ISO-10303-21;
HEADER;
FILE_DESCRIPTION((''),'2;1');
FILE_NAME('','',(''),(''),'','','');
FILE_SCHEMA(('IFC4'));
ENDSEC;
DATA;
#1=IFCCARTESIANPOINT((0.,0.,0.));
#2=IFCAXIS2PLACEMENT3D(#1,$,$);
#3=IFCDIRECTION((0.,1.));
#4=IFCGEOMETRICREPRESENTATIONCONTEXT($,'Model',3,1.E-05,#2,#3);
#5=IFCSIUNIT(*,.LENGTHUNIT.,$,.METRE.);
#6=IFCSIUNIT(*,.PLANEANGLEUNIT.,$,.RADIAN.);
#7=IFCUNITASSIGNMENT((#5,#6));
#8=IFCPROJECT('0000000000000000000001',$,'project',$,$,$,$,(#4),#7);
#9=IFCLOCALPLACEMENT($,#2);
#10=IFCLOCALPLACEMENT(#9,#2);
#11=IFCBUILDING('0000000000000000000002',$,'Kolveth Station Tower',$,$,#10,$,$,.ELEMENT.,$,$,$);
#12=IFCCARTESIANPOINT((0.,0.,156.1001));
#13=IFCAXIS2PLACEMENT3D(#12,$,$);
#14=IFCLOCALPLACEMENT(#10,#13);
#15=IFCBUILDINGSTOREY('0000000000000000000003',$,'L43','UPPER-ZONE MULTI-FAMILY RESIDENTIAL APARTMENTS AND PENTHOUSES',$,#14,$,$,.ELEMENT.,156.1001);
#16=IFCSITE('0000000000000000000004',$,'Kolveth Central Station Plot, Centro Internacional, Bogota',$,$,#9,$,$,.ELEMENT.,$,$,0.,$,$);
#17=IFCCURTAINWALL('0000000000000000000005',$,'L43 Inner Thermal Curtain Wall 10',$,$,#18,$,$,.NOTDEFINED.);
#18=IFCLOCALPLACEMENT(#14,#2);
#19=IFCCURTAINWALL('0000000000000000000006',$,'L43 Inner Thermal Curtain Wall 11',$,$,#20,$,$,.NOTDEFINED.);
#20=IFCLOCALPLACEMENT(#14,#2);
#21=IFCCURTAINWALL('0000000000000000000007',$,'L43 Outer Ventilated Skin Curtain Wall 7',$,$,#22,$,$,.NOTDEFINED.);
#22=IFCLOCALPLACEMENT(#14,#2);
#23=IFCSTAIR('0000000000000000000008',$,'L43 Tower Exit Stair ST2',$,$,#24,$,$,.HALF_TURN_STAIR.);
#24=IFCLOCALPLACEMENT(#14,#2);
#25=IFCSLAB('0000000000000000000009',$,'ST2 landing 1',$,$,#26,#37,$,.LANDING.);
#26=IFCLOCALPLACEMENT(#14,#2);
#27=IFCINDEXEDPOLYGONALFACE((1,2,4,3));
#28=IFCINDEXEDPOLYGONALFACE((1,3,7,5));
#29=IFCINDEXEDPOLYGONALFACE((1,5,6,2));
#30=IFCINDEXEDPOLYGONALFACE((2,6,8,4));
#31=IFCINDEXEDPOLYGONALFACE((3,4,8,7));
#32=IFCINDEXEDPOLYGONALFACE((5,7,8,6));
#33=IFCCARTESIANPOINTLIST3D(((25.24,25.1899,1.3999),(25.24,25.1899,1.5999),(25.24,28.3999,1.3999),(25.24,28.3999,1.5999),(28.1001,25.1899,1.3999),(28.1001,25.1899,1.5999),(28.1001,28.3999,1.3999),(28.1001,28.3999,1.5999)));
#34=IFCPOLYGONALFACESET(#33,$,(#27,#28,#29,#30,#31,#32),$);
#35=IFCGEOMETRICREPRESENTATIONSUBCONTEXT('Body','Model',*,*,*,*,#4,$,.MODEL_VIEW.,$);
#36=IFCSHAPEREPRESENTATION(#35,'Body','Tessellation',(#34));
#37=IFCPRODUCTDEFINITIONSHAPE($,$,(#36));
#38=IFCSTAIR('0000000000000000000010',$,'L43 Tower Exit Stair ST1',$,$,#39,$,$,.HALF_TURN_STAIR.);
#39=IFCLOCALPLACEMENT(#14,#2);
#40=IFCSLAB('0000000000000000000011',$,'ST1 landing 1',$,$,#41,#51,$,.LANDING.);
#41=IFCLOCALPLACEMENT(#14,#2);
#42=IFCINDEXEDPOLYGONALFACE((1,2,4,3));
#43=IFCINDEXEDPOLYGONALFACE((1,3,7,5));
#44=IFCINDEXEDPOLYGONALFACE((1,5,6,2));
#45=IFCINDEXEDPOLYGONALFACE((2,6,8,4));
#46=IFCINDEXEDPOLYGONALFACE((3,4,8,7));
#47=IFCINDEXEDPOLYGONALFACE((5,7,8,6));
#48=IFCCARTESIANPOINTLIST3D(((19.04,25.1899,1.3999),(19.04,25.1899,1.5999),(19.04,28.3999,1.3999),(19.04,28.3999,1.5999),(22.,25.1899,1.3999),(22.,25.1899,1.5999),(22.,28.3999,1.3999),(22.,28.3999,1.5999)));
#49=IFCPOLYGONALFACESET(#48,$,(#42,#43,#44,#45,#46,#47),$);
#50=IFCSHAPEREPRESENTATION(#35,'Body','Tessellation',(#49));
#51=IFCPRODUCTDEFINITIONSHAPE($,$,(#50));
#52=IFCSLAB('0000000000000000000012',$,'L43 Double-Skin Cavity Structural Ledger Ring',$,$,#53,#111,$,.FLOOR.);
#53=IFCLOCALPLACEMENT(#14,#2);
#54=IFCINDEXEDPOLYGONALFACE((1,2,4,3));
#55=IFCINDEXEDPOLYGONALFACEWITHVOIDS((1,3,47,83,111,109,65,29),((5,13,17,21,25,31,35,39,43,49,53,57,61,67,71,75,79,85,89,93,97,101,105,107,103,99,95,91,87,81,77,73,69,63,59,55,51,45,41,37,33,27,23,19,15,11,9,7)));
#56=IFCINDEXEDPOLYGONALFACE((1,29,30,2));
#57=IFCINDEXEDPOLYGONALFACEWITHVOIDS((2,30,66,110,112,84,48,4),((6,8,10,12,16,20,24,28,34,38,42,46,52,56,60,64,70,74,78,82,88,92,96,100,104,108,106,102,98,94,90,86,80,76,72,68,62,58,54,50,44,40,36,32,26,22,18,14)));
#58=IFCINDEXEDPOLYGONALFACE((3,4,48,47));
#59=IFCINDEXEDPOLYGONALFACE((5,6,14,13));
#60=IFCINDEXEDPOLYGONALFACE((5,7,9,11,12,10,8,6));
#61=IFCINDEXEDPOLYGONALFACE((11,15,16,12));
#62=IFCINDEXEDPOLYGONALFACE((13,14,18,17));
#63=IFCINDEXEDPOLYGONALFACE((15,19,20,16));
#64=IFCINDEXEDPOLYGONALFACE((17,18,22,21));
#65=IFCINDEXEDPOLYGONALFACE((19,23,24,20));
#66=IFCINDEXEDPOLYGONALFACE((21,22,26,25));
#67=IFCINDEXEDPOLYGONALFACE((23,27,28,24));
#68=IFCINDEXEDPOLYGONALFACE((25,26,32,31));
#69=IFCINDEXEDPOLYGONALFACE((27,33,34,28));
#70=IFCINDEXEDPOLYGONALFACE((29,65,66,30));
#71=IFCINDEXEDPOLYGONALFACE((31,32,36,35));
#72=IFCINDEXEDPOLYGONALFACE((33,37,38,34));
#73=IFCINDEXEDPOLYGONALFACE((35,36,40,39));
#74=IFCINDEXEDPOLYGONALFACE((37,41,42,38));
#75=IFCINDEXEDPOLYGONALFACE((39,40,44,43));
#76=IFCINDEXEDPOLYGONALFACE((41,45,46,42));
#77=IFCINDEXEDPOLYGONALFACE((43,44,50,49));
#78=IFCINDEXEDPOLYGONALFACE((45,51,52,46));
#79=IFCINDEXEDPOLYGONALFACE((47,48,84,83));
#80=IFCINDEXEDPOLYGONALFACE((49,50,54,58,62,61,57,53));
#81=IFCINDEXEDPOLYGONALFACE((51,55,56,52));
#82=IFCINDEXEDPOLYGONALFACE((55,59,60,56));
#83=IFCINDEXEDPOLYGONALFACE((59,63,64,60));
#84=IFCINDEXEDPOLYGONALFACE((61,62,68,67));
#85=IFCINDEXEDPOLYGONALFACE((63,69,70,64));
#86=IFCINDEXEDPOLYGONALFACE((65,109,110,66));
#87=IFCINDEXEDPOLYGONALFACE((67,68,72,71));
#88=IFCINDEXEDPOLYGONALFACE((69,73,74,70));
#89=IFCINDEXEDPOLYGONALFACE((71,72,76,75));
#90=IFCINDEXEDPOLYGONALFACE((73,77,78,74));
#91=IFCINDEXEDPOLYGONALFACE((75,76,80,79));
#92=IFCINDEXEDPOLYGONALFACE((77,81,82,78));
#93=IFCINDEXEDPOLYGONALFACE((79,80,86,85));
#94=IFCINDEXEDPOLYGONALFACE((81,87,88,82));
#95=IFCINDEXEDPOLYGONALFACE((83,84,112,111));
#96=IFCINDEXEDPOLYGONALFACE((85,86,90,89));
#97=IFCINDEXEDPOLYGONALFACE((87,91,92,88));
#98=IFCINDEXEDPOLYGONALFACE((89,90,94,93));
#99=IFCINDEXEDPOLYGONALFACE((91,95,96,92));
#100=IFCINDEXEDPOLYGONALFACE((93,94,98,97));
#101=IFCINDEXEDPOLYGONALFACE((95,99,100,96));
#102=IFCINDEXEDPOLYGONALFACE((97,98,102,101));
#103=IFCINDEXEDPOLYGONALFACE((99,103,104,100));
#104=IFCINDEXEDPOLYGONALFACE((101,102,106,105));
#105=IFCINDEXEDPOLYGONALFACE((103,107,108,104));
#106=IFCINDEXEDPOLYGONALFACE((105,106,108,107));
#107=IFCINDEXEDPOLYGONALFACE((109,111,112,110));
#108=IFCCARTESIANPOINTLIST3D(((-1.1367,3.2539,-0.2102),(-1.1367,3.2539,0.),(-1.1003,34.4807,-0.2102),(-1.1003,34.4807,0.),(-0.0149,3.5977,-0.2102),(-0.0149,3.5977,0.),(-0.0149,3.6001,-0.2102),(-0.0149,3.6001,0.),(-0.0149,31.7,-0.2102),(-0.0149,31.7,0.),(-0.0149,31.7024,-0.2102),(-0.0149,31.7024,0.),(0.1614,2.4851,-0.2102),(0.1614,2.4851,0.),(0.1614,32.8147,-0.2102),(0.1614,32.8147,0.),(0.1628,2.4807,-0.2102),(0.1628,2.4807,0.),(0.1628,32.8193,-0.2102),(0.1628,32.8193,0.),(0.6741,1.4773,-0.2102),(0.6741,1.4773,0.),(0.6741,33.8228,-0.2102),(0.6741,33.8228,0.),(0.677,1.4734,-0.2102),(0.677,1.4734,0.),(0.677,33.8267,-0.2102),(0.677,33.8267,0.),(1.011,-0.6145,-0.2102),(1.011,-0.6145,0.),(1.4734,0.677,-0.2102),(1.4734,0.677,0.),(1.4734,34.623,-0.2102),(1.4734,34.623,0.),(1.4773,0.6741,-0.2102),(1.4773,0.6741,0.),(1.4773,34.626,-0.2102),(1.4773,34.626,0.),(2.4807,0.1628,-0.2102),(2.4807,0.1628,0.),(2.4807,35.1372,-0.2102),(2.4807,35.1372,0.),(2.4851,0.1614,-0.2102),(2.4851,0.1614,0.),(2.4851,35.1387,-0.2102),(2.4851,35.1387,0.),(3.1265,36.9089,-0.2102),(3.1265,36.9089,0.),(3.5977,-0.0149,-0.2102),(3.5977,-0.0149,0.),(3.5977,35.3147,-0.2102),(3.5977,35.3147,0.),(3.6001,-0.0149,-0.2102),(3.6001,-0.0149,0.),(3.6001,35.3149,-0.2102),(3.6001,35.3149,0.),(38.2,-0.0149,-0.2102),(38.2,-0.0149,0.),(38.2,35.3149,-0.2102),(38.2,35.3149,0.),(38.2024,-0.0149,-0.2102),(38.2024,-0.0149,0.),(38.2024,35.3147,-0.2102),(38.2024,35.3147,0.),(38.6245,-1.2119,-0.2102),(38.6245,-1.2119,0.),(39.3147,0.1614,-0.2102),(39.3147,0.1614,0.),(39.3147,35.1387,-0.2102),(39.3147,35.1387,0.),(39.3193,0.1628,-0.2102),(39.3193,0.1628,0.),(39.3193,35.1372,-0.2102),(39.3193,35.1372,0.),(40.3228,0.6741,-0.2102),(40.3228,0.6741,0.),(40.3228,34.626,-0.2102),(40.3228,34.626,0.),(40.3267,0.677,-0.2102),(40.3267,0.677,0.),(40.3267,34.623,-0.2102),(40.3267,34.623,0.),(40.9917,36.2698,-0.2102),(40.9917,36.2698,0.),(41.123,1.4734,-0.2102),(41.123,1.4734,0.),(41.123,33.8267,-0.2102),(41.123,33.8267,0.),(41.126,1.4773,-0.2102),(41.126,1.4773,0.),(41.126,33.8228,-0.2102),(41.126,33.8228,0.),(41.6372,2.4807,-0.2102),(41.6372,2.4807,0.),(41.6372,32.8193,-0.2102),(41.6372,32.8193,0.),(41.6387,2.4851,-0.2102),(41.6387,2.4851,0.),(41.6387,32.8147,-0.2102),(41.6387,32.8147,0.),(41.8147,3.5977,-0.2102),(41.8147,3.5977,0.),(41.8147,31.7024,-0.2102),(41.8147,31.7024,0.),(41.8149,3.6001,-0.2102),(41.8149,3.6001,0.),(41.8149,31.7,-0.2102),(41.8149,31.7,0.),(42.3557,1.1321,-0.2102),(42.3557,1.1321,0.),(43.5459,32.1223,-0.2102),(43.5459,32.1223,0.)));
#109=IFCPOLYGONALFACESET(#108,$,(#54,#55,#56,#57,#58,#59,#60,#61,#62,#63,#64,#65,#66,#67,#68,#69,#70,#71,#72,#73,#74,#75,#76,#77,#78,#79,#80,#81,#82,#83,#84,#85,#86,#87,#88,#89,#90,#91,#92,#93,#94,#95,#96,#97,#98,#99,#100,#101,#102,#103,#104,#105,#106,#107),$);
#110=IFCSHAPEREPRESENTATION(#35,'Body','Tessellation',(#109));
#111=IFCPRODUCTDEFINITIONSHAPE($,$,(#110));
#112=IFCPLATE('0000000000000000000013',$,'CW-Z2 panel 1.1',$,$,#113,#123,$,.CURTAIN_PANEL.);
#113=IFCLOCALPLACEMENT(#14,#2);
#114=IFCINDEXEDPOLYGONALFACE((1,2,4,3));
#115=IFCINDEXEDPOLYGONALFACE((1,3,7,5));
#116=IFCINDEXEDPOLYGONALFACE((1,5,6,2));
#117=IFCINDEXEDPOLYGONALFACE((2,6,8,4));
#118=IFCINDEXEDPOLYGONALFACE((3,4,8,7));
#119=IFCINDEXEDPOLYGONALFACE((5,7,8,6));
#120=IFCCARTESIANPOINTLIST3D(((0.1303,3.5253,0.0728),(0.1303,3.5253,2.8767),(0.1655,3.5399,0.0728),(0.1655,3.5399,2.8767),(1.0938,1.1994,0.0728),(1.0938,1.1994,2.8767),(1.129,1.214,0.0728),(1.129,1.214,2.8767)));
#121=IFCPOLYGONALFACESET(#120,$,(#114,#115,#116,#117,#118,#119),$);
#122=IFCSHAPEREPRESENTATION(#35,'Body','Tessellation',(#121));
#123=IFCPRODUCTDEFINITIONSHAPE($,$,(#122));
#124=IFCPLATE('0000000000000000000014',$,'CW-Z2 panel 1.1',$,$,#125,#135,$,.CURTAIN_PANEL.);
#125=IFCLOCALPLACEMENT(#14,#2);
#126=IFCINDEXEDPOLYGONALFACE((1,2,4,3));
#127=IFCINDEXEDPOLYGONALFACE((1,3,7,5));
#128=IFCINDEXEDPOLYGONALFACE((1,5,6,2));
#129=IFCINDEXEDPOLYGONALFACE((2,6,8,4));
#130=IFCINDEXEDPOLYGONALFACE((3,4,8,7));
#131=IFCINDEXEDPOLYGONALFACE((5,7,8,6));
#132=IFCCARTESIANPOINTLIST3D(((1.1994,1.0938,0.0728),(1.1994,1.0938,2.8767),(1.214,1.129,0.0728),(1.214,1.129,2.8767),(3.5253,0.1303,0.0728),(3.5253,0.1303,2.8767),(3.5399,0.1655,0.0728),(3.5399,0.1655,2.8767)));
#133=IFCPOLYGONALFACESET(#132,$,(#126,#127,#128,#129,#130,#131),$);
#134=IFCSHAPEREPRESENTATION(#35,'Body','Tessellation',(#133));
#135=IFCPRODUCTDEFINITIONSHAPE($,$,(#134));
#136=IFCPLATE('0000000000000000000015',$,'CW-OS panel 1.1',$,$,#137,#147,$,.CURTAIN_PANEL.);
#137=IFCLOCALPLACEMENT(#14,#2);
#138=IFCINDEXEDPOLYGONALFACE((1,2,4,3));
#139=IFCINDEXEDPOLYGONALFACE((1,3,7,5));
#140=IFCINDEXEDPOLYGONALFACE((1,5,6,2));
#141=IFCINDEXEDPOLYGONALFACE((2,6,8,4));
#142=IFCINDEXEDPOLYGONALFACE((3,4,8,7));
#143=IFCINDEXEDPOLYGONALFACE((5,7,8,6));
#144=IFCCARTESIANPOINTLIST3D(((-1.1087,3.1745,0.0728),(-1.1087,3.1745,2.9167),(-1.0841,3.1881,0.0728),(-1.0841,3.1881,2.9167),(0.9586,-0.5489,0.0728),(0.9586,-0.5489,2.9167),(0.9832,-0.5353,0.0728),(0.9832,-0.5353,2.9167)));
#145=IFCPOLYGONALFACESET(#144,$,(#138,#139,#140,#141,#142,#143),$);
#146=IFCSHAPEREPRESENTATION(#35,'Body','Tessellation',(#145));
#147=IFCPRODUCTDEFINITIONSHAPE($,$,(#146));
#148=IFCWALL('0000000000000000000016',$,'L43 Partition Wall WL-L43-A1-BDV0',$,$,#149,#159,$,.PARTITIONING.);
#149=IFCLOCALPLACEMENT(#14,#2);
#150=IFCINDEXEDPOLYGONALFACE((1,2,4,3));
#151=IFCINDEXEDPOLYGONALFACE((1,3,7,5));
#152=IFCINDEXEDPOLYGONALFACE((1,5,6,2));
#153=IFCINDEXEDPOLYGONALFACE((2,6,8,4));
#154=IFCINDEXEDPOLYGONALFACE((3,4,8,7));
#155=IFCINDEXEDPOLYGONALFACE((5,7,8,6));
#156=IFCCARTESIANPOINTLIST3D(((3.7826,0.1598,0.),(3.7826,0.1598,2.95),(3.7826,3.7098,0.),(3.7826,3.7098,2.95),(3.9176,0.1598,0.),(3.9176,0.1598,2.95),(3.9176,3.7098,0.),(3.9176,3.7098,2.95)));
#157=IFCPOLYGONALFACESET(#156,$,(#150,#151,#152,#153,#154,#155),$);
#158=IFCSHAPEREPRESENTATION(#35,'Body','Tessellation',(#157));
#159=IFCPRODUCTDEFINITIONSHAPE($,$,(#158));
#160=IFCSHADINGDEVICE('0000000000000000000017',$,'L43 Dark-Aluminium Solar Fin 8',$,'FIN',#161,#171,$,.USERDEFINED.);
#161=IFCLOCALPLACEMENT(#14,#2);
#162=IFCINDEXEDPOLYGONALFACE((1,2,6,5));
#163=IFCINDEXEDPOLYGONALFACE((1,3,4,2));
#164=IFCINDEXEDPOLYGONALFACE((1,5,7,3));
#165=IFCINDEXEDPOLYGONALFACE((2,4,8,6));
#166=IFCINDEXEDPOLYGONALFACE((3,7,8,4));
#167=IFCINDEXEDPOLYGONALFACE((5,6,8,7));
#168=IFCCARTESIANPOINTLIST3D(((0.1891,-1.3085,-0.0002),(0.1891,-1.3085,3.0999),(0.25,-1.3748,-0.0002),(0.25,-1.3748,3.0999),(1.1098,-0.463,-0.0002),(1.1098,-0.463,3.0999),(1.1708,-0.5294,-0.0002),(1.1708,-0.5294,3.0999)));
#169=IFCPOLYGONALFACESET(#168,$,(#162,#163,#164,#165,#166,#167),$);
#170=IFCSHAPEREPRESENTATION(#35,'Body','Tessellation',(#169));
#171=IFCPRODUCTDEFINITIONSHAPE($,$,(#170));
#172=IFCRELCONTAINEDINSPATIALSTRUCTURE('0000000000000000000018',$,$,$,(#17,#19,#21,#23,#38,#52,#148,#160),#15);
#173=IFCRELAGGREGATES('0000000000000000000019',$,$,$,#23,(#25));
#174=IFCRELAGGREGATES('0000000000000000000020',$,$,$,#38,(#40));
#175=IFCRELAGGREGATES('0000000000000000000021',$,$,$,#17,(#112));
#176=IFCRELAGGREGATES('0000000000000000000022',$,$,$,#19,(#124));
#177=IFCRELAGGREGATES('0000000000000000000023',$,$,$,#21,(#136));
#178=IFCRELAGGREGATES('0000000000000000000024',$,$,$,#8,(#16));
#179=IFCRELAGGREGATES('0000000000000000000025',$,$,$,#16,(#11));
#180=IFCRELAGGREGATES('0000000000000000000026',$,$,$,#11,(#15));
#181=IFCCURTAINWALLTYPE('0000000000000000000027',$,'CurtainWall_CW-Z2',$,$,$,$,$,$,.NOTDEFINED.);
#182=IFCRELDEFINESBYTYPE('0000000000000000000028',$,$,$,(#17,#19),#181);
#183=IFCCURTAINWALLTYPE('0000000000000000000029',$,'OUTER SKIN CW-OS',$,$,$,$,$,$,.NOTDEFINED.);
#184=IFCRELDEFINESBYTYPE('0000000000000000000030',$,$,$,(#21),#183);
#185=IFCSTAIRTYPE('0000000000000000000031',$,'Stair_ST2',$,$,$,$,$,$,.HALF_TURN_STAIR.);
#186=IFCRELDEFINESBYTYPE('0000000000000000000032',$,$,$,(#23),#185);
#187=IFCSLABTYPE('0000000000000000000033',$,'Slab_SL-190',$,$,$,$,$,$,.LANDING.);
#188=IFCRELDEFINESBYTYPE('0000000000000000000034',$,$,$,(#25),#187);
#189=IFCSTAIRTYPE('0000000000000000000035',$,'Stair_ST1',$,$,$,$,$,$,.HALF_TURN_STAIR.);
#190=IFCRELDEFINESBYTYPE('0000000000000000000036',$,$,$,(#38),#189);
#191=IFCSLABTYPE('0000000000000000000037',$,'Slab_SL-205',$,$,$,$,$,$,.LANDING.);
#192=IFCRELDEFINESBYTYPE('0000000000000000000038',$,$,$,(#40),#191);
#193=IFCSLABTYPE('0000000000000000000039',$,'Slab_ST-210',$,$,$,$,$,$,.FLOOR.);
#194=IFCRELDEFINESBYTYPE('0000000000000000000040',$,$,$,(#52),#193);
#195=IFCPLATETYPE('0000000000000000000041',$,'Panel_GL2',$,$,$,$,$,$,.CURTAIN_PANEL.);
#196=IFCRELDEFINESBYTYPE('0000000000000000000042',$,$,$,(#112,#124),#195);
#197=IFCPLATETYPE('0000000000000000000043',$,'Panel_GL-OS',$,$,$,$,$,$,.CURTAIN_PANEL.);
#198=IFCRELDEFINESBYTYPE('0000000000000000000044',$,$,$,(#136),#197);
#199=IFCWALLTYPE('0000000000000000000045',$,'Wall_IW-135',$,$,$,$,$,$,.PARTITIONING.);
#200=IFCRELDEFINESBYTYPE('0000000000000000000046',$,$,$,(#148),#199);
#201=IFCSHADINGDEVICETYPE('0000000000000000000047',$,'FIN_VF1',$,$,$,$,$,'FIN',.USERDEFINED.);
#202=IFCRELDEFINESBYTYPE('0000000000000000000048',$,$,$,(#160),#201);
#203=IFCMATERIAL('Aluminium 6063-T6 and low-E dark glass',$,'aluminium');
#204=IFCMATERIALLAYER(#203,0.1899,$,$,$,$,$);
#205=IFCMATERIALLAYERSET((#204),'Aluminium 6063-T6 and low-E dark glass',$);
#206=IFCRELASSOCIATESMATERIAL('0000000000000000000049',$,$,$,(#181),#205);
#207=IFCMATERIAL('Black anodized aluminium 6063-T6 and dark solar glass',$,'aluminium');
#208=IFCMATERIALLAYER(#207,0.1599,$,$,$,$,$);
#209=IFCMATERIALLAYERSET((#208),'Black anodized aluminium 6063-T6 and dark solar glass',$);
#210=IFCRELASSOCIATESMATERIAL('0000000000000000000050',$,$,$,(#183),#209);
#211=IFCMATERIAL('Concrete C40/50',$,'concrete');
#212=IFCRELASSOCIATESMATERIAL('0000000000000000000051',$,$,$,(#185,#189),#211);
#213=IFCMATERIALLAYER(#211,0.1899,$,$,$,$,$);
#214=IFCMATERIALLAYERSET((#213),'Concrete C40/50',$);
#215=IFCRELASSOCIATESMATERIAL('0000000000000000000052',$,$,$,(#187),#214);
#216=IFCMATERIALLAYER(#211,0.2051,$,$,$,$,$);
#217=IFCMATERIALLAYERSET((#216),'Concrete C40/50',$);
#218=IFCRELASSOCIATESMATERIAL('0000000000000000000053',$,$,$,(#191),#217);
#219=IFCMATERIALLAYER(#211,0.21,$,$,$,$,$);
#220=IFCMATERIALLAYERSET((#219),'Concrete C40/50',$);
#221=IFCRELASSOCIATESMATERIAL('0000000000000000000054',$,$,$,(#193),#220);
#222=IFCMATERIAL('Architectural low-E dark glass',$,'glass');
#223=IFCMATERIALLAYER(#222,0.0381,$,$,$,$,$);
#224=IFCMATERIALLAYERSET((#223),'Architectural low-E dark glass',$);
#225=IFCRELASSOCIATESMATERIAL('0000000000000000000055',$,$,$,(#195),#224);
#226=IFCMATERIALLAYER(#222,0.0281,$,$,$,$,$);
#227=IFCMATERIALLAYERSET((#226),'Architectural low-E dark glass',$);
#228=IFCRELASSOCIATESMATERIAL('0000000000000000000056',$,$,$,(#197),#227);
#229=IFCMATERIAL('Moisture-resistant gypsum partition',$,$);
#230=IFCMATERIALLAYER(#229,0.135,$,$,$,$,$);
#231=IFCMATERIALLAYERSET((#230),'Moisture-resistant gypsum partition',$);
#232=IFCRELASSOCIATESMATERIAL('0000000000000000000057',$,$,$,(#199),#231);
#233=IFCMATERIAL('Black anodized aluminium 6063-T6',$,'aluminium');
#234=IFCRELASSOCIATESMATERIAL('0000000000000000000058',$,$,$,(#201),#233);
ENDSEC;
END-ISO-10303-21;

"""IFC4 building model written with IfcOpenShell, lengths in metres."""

from ifc_helpers import new_model, si_unit, direction, frame, frame_2d, origin, origin_2d, place, context, subcontext, project, spatial, polyline, rectangle, outline, extrude, source, transform, mapped, material, layer, layer_set, type_object, element, aggregate, save


model = new_model("IFC4")

# Units and contexts
model_context = context("Model", 3, precision=1e-05, world=origin(), true_north=direction((0.0, 1.0)))
body_context = subcontext(model_context, "Body", "Model", "MODEL_VIEW")
ifc_project = project(units=[si_unit("LENGTHUNIT", "METRE"), si_unit("PLANEANGLEUNIT", "RADIAN")], contexts=[model_context])

# Site, building, storey
site_placement = place(None, origin())
site = spatial("IfcSite", under=ifc_project, at=site_placement, Name="Kolveth Central Station Plot, Centro Internacional, Bogota", CompositionType="ELEMENT", RefElevation=0.0)
building_placement = place(site_placement, origin())
building = spatial("IfcBuilding", under=site, at=building_placement, Name="Kolveth Station Tower", CompositionType="ELEMENT")
storey_placement = place(building_placement, frame((0.0, 0.0, 156.1001)))
storey = spatial("IfcBuildingStorey", under=building, at=storey_placement, Name="L43", Description="UPPER-ZONE MULTI-FAMILY RESIDENTIAL APARTMENTS AND PENTHOUSES", CompositionType="ELEMENT", Elevation=156.1001)

# Curtain wall
ifc_material_1 = material(Name="Aluminium 6063-T6 and low-E dark glass", Category="aluminium")
ifc_layer_1 = layer(ifc_material_1, 0.1899)
ifc_layer_set_1 = layer_set([ifc_layer_1], Name="Aluminium 6063-T6 and low-E dark glass")
curtain_wall_type_1 = type_object("IfcCurtainWallType", Name="CurtainWall_CW-Z2", PredefinedType="NOTDEFINED", material=ifc_layer_set_1)
curtain_wall_1_placement = place(storey_placement, origin())
curtain_wall_1 = element("IfcCurtainWall", 1, at=curtain_wall_1_placement, inside=storey, type_object=curtain_wall_type_1, Name="L43 Inner Thermal Curtain Wall 10", PredefinedType="NOTDEFINED")
ifc_material_2 = material(Name="Black anodized aluminium 6063-T6", Category="aluminium")

# Curtain wall
curtain_wall_2_placement = place(storey_placement, origin())
curtain_wall_2 = element("IfcCurtainWall", 2, at=curtain_wall_2_placement, inside=storey, type_object=curtain_wall_type_1, Name="L43 Inner Thermal Curtain Wall 11", PredefinedType="NOTDEFINED")

# Curtain wall
ifc_material_3 = material(Name="Black anodized aluminium 6063-T6 and dark solar glass", Category="aluminium")
ifc_layer_2 = layer(ifc_material_3, 0.1599)
ifc_layer_set_2 = layer_set([ifc_layer_2], Name="Black anodized aluminium 6063-T6 and dark solar glass")
curtain_wall_type_2 = type_object("IfcCurtainWallType", Name="OUTER SKIN CW-OS", PredefinedType="NOTDEFINED", material=ifc_layer_set_2)
curtain_wall_3_placement = place(storey_placement, origin())
curtain_wall_3 = element("IfcCurtainWall", 3, at=curtain_wall_3_placement, inside=storey, type_object=curtain_wall_type_2, Name="L43 Outer Ventilated Skin Curtain Wall 7", PredefinedType="NOTDEFINED")

# Shared definitions
ifc_material_4 = material(Name="Concrete C40/50", Category="concrete")

# Stairs, slabs
stair_type_1 = type_object("IfcStairType", Name="Stair_ST2", PredefinedType="HALF_TURN_STAIR", material=ifc_material_4)
stair_1_placement = place(storey_placement, origin())
stair_1 = element("IfcStair", 4, at=stair_1_placement, inside=storey, type_object=stair_type_1, Name="L43 Tower Exit Stair ST2", PredefinedType="HALF_TURN_STAIR")
ifc_layer_3 = layer(ifc_material_4, 0.1899)
ifc_layer_set_3 = layer_set([ifc_layer_3], Name="Concrete C40/50")
slab_type_1 = type_object("IfcSlabType", Name="Slab_SL-190", PredefinedType="LANDING", material=ifc_layer_set_3)
slab_1_placement = place(storey_placement, frame((0.0, 0.0, 1.3999)))
slab_1 = element("IfcSlab", 5, at=slab_1_placement, type_object=slab_type_1, Name="ST2 landing 1", PredefinedType="LANDING", context=body_context, shape_type="SweptSolid", body=[
    extrude(outline(polyline([(28.1001, 25.1899), (28.1001, 28.3999), (25.24, 28.3999), (25.24, 25.1899), (28.1001, 25.1899)])), origin(), (0.0, 0.0, 1.0), 0.2),
])
aggregate(stair_1, [slab_1])
stair_type_2 = type_object("IfcStairType", Name="Stair_ST1", PredefinedType="HALF_TURN_STAIR", material=ifc_material_4)
stair_2_placement = place(storey_placement, origin())
stair_2 = element("IfcStair", 6, at=stair_2_placement, inside=storey, type_object=stair_type_2, Name="L43 Tower Exit Stair ST1", PredefinedType="HALF_TURN_STAIR")
ifc_layer_4 = layer(ifc_material_4, 0.2051)
ifc_layer_set_4 = layer_set([ifc_layer_4], Name="Concrete C40/50")
slab_type_2 = type_object("IfcSlabType", Name="Slab_SL-205", PredefinedType="LANDING", material=ifc_layer_set_4)
slab_2_placement = place(storey_placement, frame((0.0, 0.0, 1.3999)))
slab_2 = element("IfcSlab", 7, at=slab_2_placement, type_object=slab_type_2, Name="ST1 landing 1", PredefinedType="LANDING", context=body_context, shape_type="SweptSolid", body=[
    extrude(outline(polyline([(22.0, 25.1899), (22.0, 28.3999), (19.04, 28.3999), (19.04, 25.1899), (22.0, 25.1899)])), origin(), (0.0, 0.0, 1.0), 0.2),
])
aggregate(stair_2, [slab_2])

# Slab
ifc_layer_5 = layer(ifc_material_4, 0.21)
ifc_layer_set_5 = layer_set([ifc_layer_5], Name="Concrete C40/50")
slab_type_3 = type_object("IfcSlabType", Name="Slab_ST-210", PredefinedType="FLOOR", material=ifc_layer_set_5)
slab_3_placement = place(storey_placement, frame((0.0, 0.0, -0.2102)))
element("IfcSlab", 8, at=slab_3_placement, inside=storey, type_object=slab_type_3, Name="L43 Double-Skin Cavity Structural Ledger Ring", PredefinedType="FLOOR", context=body_context, shape_type="SweptSolid", body=[
    extrude(outline(polyline([(1.011, -0.6145), (-1.1367, 3.2539), (-1.1003, 34.4807), (3.1265, 36.9089), (40.9917, 36.2698), (43.5459, 32.1223), (42.3557, 1.1321), (38.6245, -1.2119), (1.011, -0.6145)]), holes=[polyline([(38.2024, -0.0149), (39.3147, 0.1614), (39.3193, 0.1628), (40.3228, 0.6741), (40.3267, 0.677), (41.123, 1.4734), (41.126, 1.4773), (41.6372, 2.4807), (41.6387, 2.4851), (41.8147, 3.5977), (41.8149, 3.6001), (41.8149, 31.7), (41.8147, 31.7024), (41.6387, 32.8147), (41.6372, 32.8193), (41.126, 33.8228), (41.123, 33.8267), (40.3267, 34.623), (40.3228, 34.626), (39.3193, 35.1372), (39.3147, 35.1387), (38.2024, 35.3147), (38.2, 35.3149), (3.6001, 35.3149), (3.5977, 35.3147), (2.4851, 35.1387), (2.4807, 35.1372), (1.4773, 34.626), (1.4734, 34.623), (0.677, 33.8267), (0.6741, 33.8228), (0.1628, 32.8193), (0.1614, 32.8147), (-0.0149, 31.7024), (-0.0149, 31.7), (-0.0149, 3.6001), (-0.0149, 3.5977), (0.1614, 2.4851), (0.1628, 2.4807), (0.6741, 1.4773), (0.677, 1.4734), (1.4734, 0.677), (1.4773, 0.6741), (2.4807, 0.1628), (2.4851, 0.1614), (3.5977, -0.0149), (3.6001, -0.0149), (38.2, -0.0149), (38.2024, -0.0149)])]), origin(), (0.0, 0.0, 1.0), 0.2102),
])

# Plates
ifc_material_5 = material(Name="Architectural low-E dark glass", Category="glass")
ifc_layer_6 = layer(ifc_material_5, 0.0381)
ifc_layer_set_6 = layer_set([ifc_layer_6], Name="Architectural low-E dark glass")
plate_type_1 = type_object("IfcPlateType", Name="Panel_GL2", PredefinedType="CURTAIN_PANEL", material=ifc_layer_set_6)
shared_shape_1 = source(origin(), body_context, "Body", "SweptSolid", [
    extrude(rectangle(XDim=2.5176, YDim=0.0381, at=origin_2d()), origin(), (0.0, 0.0, 1.0), 2.804),
])
plate_1_placement = place(storey_placement, frame((0.6296, 2.3696, 0.0728), z_axis=(0.0, 0.0, 1.0), x_axis=(0.382698, -0.923874, 0.0)))
plate_1 = element("IfcPlate", 9, at=plate_1_placement, type_object=plate_type_1, Name="CW-Z2 panel 1.1", PredefinedType="CURTAIN_PANEL", context=body_context, shape_type="MappedRepresentation", body=[
    mapped(shared_shape_1, transform((0.0, 0.0, 0.0), x_axis=(1.0, 0.0, 0.0), y_axis=(0.0, 1.0, 0.0), z_axis=(0.0, 0.0, 1.0), scale=1.0)),
])
aggregate(curtain_wall_1, [plate_1])
plate_2_placement = place(storey_placement, frame((2.3696, 0.6296, 0.0728), z_axis=(0.0, 0.0, 1.0), x_axis=(0.923874, -0.382698, 0.0)))
plate_2 = element("IfcPlate", 10, at=plate_2_placement, type_object=plate_type_1, Name="CW-Z2 panel 1.1", PredefinedType="CURTAIN_PANEL", context=body_context, shape_type="MappedRepresentation", body=[
    mapped(shared_shape_1, transform((0.0, 0.0, 0.0), x_axis=(1.0, 0.0, 0.0), y_axis=(0.0, 1.0, 0.0), z_axis=(0.0, 0.0, 1.0), scale=1.0)),
])
aggregate(curtain_wall_2, [plate_2])
ifc_layer_7 = layer(ifc_material_5, 0.0281)
ifc_layer_set_7 = layer_set([ifc_layer_7], Name="Architectural low-E dark glass")
plate_type_2 = type_object("IfcPlateType", Name="Panel_GL-OS", PredefinedType="CURTAIN_PANEL", material=ifc_layer_set_7)
shared_shape_2 = source(origin(), body_context, "Body", "SweptSolid", [
    extrude(rectangle(XDim=4.2588, YDim=0.0281, at=origin_2d()), origin(), (0.0, 0.0, 1.0), 2.844),
])
plate_3_placement = place(storey_placement, frame((-0.0627, 1.3196, 0.0728), z_axis=(0.0, 0.0, 1.0), x_axis=(0.485416, -0.874283, 0.0)))
plate_3 = element("IfcPlate", 11, at=plate_3_placement, type_object=plate_type_2, Name="CW-OS panel 1.1", PredefinedType="CURTAIN_PANEL", context=body_context, shape_type="MappedRepresentation", body=[
    mapped(shared_shape_2, transform((0.0, 0.0, 0.0), x_axis=(1.0, 0.0, 0.0), y_axis=(0.0, 1.0, 0.0), z_axis=(0.0, 0.0, 1.0), scale=1.0)),
])
aggregate(curtain_wall_3, [plate_3])

# Wall
ifc_material_6 = material(Name="Moisture-resistant gypsum partition")
ifc_layer_8 = layer(ifc_material_6, 0.135)
ifc_layer_set_8 = layer_set([ifc_layer_8], Name="Moisture-resistant gypsum partition")
wall_type = type_object("IfcWallType", Name="Wall_IW-135", PredefinedType="PARTITIONING", material=ifc_layer_set_8)
wall_placement = place(storey_placement, frame((3.8501, 0.1599, 0.0), z_axis=(0.0, 0.0, 1.0), x_axis=(0.0, 1.0, 0.0)))
element("IfcWall", 12, at=wall_placement, inside=storey, type_object=wall_type, Name="L43 Partition Wall WL-L43-A1-BDV0", PredefinedType="PARTITIONING", context=body_context, shape_type="SweptSolid", body=[
    extrude(rectangle(XDim=3.55, YDim=0.135, at=frame_2d((1.7749, 0.0))), origin(), (0.0, 0.0, 1.0), 2.95),
])

# Shading device
shading_device_type = type_object("IfcShadingDeviceType", Name="FIN_VF1", ElementType="FIN", PredefinedType="USERDEFINED", material=ifc_material_2)
shared_shape_3 = source(origin(), body_context, "Body", "SweptSolid", [
    extrude(rectangle(XDim=1.25, YDim=0.0901, at=origin_2d()), origin(), (0.0, 0.0, 1.0), 3.1001),
])
shading_device_placement = place(storey_placement, frame((0.6799, -0.9189, -0.0002), z_axis=(0.0, 0.0, 1.0), x_axis=(-0.736569, -0.676362, 0.0)))
element("IfcShadingDevice", 13, at=shading_device_placement, inside=storey, type_object=shading_device_type, Name="L43 Dark-Aluminium Solar Fin 8", ObjectType="FIN", PredefinedType="USERDEFINED", context=body_context, shape_type="MappedRepresentation", body=[
    mapped(shared_shape_3, transform((0.0, 0.0, 0.0), x_axis=(1.0, 0.0, 0.0), y_axis=(0.0, 1.0, 0.0), z_axis=(0.0, 0.0, 1.0), scale=1.0)),
])

save(model, "model.ifc")
